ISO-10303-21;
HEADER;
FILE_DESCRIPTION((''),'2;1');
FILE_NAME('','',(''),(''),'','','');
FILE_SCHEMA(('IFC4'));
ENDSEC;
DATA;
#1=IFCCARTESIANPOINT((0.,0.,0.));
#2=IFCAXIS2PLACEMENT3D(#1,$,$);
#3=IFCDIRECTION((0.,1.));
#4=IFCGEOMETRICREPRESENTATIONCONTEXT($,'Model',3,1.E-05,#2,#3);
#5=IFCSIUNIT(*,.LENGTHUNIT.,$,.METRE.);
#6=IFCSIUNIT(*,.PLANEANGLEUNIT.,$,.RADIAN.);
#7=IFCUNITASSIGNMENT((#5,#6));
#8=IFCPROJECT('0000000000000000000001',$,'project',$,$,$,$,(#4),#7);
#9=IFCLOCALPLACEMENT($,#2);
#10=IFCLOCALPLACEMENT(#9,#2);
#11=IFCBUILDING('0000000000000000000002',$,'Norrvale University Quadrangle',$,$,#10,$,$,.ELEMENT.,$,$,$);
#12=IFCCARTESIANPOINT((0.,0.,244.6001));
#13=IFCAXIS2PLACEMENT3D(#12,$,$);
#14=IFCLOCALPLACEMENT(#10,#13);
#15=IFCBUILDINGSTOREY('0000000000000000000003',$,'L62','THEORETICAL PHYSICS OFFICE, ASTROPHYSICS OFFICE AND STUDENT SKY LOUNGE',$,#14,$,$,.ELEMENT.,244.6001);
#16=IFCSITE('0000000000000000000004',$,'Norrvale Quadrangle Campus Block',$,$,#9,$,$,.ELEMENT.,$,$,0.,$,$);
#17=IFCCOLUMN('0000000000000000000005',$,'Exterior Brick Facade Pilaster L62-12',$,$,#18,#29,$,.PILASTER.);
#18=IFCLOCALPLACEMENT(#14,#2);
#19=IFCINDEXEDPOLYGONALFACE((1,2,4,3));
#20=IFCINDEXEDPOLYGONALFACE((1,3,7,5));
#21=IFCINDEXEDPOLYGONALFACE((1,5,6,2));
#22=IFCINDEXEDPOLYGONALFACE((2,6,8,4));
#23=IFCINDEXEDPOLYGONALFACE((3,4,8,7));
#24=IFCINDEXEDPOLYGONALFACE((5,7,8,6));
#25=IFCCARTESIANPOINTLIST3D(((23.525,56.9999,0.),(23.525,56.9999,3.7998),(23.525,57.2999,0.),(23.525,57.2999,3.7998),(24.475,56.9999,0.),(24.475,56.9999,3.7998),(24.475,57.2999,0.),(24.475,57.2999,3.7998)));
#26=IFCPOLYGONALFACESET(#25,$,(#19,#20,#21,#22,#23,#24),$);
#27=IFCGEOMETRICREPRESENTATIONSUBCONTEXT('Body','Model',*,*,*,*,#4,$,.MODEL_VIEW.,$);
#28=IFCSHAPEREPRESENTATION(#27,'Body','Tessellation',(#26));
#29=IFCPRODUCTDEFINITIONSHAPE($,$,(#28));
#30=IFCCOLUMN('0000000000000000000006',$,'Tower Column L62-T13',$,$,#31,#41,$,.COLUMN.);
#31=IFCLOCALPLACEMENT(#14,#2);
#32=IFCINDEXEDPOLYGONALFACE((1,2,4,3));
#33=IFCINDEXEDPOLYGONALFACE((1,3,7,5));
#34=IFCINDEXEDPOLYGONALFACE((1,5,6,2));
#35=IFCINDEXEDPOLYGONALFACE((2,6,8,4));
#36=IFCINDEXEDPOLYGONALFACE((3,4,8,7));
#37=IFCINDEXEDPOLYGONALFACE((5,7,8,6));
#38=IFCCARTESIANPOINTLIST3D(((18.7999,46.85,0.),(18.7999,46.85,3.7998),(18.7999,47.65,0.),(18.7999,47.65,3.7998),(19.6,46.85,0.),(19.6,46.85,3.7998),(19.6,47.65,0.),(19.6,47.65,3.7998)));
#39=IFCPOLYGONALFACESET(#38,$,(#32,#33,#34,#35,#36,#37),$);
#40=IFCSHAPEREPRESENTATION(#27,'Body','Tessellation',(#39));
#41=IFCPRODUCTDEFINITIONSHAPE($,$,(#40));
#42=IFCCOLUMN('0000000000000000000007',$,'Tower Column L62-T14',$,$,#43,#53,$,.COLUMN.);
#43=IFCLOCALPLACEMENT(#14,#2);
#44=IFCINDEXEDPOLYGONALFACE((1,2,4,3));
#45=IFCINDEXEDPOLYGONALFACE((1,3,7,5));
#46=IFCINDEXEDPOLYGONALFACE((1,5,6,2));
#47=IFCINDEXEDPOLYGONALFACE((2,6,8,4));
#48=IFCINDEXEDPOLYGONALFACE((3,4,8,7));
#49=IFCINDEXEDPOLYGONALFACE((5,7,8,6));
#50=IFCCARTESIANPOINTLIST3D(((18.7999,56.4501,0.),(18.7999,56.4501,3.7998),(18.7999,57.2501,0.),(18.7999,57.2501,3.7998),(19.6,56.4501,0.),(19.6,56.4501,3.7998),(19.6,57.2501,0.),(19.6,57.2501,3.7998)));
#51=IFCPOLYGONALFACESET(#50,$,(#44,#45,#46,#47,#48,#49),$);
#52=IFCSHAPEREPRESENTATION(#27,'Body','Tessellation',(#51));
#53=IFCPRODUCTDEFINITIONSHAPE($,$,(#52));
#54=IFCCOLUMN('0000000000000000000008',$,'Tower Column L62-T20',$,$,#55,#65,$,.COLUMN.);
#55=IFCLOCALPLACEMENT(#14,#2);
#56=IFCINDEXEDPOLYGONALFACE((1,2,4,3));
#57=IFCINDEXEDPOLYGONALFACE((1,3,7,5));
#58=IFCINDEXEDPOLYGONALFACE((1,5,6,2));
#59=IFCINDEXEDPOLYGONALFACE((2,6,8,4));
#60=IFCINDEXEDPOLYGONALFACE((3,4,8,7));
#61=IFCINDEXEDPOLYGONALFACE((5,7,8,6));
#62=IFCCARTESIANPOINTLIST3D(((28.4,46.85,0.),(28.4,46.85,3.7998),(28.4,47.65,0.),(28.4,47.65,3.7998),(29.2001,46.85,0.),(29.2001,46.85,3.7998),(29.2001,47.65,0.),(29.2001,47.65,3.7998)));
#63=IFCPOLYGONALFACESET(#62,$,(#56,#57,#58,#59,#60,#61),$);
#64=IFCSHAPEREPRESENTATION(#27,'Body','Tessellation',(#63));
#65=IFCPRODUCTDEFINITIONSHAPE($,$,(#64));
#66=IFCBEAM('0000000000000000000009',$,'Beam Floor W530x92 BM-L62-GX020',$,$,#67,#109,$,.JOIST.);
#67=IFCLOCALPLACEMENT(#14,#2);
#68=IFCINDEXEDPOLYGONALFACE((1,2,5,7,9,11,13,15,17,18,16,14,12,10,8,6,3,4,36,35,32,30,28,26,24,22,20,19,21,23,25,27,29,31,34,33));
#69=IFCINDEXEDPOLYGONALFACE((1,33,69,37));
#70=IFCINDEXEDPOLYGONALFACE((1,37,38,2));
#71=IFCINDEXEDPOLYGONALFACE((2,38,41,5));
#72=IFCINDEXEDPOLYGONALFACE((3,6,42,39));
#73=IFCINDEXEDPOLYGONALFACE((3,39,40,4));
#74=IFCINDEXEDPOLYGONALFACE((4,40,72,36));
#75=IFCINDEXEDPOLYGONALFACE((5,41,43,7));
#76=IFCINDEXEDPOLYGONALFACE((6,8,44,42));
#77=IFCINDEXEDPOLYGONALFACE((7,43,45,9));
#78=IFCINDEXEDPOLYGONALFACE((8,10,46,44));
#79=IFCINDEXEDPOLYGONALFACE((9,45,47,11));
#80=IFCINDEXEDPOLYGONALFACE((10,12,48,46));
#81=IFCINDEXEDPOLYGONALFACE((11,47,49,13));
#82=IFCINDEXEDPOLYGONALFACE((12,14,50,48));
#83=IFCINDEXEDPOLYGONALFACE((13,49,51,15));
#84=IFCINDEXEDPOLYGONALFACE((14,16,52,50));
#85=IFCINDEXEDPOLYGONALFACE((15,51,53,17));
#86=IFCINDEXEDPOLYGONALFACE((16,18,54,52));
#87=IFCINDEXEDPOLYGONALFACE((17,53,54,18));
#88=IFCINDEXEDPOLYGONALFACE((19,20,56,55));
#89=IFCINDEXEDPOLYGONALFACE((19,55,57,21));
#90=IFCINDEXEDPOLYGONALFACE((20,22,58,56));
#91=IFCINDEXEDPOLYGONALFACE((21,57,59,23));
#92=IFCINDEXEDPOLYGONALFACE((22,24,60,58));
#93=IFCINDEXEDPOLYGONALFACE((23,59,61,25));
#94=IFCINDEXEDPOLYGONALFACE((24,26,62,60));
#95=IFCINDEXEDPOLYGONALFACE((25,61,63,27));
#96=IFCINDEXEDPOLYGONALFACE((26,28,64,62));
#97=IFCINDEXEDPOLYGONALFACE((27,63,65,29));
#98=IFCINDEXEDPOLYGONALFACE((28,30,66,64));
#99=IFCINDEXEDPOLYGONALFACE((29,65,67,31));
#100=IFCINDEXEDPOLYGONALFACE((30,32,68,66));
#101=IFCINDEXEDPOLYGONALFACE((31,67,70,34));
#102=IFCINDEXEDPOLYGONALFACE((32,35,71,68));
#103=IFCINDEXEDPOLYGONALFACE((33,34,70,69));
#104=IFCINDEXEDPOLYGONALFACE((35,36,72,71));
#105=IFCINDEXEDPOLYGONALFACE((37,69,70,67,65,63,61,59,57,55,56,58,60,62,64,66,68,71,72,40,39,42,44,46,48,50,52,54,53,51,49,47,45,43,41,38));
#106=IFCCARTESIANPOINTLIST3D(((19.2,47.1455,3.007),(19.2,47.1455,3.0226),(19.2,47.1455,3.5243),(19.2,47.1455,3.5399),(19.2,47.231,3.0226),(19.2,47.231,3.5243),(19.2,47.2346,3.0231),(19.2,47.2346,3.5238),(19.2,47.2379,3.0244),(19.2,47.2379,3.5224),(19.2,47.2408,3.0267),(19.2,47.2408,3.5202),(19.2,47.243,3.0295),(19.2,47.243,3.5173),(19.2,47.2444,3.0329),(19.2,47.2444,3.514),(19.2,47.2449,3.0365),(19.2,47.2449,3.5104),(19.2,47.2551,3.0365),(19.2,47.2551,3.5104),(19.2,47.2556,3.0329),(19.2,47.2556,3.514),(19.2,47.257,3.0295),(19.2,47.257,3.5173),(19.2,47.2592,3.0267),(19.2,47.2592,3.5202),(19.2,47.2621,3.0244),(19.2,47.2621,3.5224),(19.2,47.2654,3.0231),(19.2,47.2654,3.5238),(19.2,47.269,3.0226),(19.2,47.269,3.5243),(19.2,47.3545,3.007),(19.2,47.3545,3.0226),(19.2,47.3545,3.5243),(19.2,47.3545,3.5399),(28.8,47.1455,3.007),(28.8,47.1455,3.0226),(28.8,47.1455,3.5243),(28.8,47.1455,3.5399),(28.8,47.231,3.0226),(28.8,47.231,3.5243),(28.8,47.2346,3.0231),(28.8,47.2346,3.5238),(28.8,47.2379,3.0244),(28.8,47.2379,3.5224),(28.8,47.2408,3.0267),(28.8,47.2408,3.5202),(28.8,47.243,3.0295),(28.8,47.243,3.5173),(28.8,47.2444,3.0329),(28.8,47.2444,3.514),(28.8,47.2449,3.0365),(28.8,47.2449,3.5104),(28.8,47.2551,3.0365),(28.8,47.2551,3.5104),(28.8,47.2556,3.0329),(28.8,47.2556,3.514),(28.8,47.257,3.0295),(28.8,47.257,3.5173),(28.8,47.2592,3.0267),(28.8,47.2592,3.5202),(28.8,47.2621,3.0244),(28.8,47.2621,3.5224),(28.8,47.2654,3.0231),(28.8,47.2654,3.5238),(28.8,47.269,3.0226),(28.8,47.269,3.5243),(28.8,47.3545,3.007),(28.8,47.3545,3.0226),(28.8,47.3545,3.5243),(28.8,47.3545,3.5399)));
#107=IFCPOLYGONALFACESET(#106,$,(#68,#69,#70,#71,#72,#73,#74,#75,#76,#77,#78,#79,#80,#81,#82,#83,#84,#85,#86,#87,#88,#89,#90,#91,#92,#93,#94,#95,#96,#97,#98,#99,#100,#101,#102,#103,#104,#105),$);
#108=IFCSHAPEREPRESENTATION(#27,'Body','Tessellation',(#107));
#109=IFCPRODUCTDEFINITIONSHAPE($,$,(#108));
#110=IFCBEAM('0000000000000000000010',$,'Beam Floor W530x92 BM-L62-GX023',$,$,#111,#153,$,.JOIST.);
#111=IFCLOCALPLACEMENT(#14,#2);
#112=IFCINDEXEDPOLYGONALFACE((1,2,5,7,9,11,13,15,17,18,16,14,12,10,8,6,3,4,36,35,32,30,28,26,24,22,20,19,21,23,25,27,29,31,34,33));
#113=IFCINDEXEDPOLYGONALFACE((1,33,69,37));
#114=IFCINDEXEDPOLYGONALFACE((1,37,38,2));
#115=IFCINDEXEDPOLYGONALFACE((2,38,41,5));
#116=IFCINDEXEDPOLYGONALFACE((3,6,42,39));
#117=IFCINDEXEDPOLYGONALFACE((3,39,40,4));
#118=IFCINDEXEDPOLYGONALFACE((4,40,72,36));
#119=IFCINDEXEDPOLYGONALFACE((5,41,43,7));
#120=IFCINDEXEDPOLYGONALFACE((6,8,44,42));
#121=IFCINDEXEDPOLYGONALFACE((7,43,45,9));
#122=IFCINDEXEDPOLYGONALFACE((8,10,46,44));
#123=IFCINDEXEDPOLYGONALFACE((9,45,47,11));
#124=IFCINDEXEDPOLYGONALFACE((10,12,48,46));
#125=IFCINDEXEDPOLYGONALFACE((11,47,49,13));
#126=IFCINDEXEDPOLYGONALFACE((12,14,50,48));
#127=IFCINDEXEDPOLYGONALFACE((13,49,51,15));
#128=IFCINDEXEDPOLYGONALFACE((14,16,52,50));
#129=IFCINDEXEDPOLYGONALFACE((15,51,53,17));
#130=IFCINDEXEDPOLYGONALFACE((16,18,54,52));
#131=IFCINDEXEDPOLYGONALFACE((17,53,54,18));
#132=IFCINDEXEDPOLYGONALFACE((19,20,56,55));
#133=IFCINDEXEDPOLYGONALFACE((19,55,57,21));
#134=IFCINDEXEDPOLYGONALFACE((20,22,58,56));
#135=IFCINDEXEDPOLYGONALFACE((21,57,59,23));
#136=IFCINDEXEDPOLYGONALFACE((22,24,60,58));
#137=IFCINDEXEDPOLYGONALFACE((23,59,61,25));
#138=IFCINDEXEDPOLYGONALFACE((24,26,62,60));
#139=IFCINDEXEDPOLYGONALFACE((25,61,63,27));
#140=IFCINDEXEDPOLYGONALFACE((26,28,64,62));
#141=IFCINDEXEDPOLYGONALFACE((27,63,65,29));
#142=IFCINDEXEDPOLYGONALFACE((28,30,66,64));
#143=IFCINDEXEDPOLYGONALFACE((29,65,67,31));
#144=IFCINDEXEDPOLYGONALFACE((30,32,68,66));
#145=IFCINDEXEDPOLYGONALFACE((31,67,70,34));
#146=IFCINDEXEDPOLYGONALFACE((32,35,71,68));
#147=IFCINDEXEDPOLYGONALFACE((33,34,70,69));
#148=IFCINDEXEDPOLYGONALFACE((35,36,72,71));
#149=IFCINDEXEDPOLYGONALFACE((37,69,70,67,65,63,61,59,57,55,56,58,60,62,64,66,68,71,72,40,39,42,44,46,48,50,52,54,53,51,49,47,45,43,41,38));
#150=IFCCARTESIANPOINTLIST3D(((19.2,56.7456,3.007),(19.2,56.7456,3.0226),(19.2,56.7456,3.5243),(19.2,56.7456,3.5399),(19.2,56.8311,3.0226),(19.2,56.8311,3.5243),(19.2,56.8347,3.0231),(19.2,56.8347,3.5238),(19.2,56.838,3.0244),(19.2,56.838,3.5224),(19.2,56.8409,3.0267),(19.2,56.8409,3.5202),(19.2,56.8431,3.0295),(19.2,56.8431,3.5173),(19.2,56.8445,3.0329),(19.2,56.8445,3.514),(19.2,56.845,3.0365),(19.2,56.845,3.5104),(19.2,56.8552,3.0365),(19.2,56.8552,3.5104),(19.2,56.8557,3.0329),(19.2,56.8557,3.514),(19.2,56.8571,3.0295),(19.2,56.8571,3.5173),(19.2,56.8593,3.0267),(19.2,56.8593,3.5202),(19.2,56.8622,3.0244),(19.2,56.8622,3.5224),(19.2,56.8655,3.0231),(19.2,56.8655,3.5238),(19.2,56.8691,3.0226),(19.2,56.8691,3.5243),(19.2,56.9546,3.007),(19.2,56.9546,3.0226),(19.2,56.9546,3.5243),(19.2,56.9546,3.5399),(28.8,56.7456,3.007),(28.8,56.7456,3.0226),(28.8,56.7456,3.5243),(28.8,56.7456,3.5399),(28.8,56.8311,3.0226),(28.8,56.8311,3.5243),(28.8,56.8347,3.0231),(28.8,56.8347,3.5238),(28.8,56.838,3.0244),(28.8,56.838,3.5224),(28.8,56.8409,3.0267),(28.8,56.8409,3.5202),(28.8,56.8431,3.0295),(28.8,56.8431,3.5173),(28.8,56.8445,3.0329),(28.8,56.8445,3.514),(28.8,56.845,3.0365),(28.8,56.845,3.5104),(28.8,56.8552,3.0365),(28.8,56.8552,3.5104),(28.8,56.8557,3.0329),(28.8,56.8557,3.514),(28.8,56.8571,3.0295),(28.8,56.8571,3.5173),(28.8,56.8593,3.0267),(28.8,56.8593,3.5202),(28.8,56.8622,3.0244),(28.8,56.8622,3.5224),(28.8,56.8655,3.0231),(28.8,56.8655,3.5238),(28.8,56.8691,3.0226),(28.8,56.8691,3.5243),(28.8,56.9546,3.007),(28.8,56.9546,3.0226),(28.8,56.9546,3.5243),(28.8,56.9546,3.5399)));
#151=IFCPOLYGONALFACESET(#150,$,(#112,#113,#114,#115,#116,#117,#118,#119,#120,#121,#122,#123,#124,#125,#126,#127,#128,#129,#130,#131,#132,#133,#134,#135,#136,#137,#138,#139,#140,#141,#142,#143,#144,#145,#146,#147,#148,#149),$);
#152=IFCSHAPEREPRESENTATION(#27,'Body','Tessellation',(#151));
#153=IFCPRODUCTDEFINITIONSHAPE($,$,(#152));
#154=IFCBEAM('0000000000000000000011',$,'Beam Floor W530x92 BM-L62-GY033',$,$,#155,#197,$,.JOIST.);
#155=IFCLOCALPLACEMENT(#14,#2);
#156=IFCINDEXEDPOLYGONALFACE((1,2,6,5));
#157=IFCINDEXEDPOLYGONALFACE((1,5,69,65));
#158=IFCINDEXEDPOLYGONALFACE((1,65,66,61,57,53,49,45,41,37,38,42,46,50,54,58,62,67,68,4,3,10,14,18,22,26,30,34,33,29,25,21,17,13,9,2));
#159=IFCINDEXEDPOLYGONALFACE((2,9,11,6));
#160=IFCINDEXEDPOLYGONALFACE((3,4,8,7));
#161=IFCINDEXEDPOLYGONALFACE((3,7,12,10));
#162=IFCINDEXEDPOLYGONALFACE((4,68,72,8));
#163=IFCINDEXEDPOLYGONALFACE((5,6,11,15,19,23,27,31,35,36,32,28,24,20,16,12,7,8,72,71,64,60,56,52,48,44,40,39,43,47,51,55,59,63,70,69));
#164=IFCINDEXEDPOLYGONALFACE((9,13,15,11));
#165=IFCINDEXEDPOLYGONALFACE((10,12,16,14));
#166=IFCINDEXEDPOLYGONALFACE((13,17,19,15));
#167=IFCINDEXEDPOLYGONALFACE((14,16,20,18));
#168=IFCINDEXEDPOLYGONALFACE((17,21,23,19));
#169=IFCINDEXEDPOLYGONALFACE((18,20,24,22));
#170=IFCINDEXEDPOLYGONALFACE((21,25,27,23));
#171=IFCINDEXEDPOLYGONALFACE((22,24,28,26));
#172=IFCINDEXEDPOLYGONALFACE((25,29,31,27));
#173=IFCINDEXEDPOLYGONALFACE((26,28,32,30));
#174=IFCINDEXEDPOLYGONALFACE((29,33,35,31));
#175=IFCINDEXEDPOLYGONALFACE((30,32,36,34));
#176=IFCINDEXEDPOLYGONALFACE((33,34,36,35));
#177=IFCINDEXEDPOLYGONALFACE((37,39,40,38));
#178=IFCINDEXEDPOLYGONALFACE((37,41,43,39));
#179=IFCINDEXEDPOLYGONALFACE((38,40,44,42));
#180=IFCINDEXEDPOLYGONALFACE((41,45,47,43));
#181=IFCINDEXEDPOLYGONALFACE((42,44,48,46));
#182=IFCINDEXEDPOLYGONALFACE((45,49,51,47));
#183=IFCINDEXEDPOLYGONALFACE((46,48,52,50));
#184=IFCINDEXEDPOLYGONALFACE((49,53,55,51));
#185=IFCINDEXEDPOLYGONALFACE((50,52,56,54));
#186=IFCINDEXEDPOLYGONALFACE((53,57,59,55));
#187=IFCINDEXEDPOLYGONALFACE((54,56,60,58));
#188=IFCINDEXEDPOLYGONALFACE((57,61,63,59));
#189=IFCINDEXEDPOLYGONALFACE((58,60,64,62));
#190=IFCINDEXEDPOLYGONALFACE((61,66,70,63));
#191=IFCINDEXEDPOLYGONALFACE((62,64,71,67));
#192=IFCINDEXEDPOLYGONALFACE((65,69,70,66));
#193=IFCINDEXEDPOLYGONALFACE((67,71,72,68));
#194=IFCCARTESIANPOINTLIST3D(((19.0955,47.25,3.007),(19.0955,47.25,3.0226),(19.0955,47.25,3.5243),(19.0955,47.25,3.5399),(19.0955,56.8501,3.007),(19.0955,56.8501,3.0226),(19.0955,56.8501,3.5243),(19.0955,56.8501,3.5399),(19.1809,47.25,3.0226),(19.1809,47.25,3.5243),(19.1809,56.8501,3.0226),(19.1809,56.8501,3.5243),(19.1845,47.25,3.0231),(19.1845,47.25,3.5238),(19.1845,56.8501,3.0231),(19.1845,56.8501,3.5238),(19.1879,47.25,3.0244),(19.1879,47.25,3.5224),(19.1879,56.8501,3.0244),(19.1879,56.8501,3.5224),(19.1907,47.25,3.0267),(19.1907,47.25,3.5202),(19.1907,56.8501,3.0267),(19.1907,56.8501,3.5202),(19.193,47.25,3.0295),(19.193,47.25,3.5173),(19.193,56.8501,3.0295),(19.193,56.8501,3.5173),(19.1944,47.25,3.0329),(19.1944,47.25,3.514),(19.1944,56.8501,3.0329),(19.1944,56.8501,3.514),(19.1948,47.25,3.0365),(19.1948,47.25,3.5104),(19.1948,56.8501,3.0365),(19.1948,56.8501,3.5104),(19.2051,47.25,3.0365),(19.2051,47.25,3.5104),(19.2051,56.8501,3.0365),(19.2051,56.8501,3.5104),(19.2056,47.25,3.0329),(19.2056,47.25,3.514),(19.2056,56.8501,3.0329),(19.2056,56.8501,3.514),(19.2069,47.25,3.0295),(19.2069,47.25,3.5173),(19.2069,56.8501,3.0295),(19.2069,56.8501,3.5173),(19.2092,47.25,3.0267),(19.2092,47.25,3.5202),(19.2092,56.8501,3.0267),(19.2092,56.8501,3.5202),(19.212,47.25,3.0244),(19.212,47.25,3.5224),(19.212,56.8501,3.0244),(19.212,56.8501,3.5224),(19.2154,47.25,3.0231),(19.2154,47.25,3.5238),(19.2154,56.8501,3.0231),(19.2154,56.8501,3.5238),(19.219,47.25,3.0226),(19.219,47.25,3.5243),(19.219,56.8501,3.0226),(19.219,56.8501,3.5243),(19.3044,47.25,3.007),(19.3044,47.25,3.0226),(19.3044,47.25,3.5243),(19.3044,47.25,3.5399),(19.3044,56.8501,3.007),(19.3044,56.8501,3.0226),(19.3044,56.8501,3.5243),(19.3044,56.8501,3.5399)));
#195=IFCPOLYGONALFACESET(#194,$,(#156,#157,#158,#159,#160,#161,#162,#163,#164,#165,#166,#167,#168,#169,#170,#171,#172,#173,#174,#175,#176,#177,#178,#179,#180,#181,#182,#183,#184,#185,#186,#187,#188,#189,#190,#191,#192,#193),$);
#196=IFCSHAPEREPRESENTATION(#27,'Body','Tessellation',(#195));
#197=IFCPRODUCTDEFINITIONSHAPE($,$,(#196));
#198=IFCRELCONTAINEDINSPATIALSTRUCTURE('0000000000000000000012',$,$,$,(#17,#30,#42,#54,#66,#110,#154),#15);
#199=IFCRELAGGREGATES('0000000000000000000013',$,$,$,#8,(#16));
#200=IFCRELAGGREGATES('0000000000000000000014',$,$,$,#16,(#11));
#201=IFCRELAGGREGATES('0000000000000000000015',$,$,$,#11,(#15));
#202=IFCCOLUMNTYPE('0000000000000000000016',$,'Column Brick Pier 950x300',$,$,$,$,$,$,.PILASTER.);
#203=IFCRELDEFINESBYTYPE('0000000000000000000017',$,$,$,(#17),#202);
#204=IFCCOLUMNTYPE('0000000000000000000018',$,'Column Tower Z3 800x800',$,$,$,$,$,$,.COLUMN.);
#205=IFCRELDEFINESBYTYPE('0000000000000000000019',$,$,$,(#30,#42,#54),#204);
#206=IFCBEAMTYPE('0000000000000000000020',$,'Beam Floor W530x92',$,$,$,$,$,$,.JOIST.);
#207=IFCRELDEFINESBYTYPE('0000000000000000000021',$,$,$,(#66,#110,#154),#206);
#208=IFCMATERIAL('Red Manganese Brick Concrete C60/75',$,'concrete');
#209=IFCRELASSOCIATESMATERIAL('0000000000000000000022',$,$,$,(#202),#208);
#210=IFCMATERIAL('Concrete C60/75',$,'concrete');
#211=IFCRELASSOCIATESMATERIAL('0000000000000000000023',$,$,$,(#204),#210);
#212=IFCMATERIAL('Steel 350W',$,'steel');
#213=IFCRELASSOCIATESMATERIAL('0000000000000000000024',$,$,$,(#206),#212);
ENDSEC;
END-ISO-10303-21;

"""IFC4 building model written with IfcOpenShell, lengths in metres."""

from ifc_helpers import new_model, si_unit, direction, frame, origin, origin_2d, place, context, subcontext, project, spatial, rectangle, i_section, extrude, material, material_profile, profile_set, type_object, element, save


model = new_model("IFC4")

# Units and contexts
model_context = context("Model", 3, precision=1e-05, world=origin(), true_north=direction((0.0, 1.0)))
body_context = subcontext(model_context, "Body", "Model", "MODEL_VIEW")
ifc_project = project(units=[si_unit("LENGTHUNIT", "METRE"), si_unit("PLANEANGLEUNIT", "RADIAN")], contexts=[model_context])

# Site, building, storey
site_placement = place(None, origin())
site = spatial("IfcSite", under=ifc_project, at=site_placement, Name="Norrvale Quadrangle Campus Block", CompositionType="ELEMENT", RefElevation=0.0)
building_placement = place(site_placement, origin())
building = spatial("IfcBuilding", under=site, at=building_placement, Name="Norrvale University Quadrangle", CompositionType="ELEMENT")
storey_placement = place(building_placement, frame((0.0, 0.0, 244.6001)))
storey = spatial("IfcBuildingStorey", under=building, at=storey_placement, Name="L62", Description="THEORETICAL PHYSICS OFFICE, ASTROPHYSICS OFFICE AND STUDENT SKY LOUNGE", CompositionType="ELEMENT", Elevation=244.6001)

# Columns
ifc_material_1 = material(Name="Red Manganese Brick Concrete C60/75", Category="concrete")
ifc_material_profile_1 = material_profile(ifc_material_1, rectangle(XDim=0.95, YDim=0.3, at=origin_2d()), Name="Red Manganese Brick Concrete C60/75")
ifc_profile_set_1 = profile_set([ifc_material_profile_1], Name="Red Manganese Brick Concrete C60/75")
column_type_1 = type_object("IfcColumnType", Name="Column Brick Pier 950x300", PredefinedType="PILASTER", material=ifc_profile_set_1)
column_placement = place(storey_placement, frame((24.0, 57.1499, 0.0), z_axis=(0.0, 0.0, 1.0), x_axis=(1.0, 0.0, 0.0)))
element("IfcColumn", 1, at=column_placement, inside=storey, type_object=column_type_1, Name="Exterior Brick Facade Pilaster L62-12", PredefinedType="PILASTER", context=body_context, shape_type="SweptSolid", body=[
    extrude(rectangle(XDim=0.95, YDim=0.3, at=origin_2d()), origin(), (0.0, 0.0, 1.0), 3.7998),
])
ifc_material_2 = material(Name="Concrete C60/75", Category="concrete")
ifc_material_profile_2 = material_profile(ifc_material_2, rectangle(XDim=0.8, YDim=0.8, at=origin_2d()), Name="Concrete C60/75")
ifc_profile_set_2 = profile_set([ifc_material_profile_2], Name="Concrete C60/75")
column_type_2 = type_object("IfcColumnType", Name="Column Tower Z3 800x800", PredefinedType="COLUMN", material=ifc_profile_set_2)
for number, where, z_axis, x_axis, name in (
    (2, (19.2, 47.25, 0.0), (0.0, 0.0, 1.0), (1.0, 0.0, 0.0), "Tower Column L62-T13"),
    (3, (19.2, 56.8501, 0.0), (0.0, 0.0, 1.0), (1.0, 0.0, 0.0), "Tower Column L62-T14"),
    (4, (28.8, 47.25, 0.0), (0.0, 0.0, 1.0), (1.0, 0.0, 0.0), "Tower Column L62-T20"),
):
    element("IfcColumn", number, at=place(storey_placement, frame(where, z_axis=z_axis, x_axis=x_axis)), inside=storey, type_object=column_type_2, Name=name, PredefinedType="COLUMN", context=body_context, shape_type="SweptSolid", body=[
        extrude(rectangle(XDim=0.8, YDim=0.8, at=origin_2d()), origin(), (0.0, 0.0, 1.0), 3.7998),
    ])

# Beams
ifc_material_3 = material(Name="Steel 350W", Category="steel")
ifc_material_profile_3 = material_profile(ifc_material_3, i_section(OverallWidth=0.209, OverallDepth=0.533, WebThickness=0.0103, FlangeThickness=0.0156, FilletRadius=0.0139, at=origin_2d()), Name="Steel 350W")
ifc_profile_set_3 = profile_set([ifc_material_profile_3], Name="Steel 350W")
beam_type_1 = type_object("IfcBeamType", Name="Beam Floor W530x92", PredefinedType="JOIST", material=ifc_profile_set_3)
for number, where, z_axis, x_axis, name in (
    (5, (19.2, 47.25, 3.2734), (1.0, 0.0, 0.0), (0.0, 1.0, 0.0), "Beam Floor W530x92 BM-L62-GX020"),
    (6, (19.2, 56.8501, 3.2734), (1.0, 0.0, 0.0), (0.0, 1.0, 0.0), "Beam Floor W530x92 BM-L62-GX023"),
    (7, (19.2, 47.25, 3.2734), (0.0, 1.0, 0.0), (-1.0, 0.0, 0.0), "Beam Floor W530x92 BM-L62-GY033"),
):
    element("IfcBeam", number, at=place(storey_placement, frame(where, z_axis=z_axis, x_axis=x_axis)), inside=storey, type_object=beam_type_1, Name=name, PredefinedType="JOIST", context=body_context, shape_type="SweptSolid", body=[
        extrude(i_section(OverallWidth=0.209, OverallDepth=0.533, WebThickness=0.0103, FlangeThickness=0.0156, FilletRadius=0.0139, at=origin_2d()), origin(), (0.0, 0.0, 1.0), 9.6001),
    ])

save(model, "model.ifc")
